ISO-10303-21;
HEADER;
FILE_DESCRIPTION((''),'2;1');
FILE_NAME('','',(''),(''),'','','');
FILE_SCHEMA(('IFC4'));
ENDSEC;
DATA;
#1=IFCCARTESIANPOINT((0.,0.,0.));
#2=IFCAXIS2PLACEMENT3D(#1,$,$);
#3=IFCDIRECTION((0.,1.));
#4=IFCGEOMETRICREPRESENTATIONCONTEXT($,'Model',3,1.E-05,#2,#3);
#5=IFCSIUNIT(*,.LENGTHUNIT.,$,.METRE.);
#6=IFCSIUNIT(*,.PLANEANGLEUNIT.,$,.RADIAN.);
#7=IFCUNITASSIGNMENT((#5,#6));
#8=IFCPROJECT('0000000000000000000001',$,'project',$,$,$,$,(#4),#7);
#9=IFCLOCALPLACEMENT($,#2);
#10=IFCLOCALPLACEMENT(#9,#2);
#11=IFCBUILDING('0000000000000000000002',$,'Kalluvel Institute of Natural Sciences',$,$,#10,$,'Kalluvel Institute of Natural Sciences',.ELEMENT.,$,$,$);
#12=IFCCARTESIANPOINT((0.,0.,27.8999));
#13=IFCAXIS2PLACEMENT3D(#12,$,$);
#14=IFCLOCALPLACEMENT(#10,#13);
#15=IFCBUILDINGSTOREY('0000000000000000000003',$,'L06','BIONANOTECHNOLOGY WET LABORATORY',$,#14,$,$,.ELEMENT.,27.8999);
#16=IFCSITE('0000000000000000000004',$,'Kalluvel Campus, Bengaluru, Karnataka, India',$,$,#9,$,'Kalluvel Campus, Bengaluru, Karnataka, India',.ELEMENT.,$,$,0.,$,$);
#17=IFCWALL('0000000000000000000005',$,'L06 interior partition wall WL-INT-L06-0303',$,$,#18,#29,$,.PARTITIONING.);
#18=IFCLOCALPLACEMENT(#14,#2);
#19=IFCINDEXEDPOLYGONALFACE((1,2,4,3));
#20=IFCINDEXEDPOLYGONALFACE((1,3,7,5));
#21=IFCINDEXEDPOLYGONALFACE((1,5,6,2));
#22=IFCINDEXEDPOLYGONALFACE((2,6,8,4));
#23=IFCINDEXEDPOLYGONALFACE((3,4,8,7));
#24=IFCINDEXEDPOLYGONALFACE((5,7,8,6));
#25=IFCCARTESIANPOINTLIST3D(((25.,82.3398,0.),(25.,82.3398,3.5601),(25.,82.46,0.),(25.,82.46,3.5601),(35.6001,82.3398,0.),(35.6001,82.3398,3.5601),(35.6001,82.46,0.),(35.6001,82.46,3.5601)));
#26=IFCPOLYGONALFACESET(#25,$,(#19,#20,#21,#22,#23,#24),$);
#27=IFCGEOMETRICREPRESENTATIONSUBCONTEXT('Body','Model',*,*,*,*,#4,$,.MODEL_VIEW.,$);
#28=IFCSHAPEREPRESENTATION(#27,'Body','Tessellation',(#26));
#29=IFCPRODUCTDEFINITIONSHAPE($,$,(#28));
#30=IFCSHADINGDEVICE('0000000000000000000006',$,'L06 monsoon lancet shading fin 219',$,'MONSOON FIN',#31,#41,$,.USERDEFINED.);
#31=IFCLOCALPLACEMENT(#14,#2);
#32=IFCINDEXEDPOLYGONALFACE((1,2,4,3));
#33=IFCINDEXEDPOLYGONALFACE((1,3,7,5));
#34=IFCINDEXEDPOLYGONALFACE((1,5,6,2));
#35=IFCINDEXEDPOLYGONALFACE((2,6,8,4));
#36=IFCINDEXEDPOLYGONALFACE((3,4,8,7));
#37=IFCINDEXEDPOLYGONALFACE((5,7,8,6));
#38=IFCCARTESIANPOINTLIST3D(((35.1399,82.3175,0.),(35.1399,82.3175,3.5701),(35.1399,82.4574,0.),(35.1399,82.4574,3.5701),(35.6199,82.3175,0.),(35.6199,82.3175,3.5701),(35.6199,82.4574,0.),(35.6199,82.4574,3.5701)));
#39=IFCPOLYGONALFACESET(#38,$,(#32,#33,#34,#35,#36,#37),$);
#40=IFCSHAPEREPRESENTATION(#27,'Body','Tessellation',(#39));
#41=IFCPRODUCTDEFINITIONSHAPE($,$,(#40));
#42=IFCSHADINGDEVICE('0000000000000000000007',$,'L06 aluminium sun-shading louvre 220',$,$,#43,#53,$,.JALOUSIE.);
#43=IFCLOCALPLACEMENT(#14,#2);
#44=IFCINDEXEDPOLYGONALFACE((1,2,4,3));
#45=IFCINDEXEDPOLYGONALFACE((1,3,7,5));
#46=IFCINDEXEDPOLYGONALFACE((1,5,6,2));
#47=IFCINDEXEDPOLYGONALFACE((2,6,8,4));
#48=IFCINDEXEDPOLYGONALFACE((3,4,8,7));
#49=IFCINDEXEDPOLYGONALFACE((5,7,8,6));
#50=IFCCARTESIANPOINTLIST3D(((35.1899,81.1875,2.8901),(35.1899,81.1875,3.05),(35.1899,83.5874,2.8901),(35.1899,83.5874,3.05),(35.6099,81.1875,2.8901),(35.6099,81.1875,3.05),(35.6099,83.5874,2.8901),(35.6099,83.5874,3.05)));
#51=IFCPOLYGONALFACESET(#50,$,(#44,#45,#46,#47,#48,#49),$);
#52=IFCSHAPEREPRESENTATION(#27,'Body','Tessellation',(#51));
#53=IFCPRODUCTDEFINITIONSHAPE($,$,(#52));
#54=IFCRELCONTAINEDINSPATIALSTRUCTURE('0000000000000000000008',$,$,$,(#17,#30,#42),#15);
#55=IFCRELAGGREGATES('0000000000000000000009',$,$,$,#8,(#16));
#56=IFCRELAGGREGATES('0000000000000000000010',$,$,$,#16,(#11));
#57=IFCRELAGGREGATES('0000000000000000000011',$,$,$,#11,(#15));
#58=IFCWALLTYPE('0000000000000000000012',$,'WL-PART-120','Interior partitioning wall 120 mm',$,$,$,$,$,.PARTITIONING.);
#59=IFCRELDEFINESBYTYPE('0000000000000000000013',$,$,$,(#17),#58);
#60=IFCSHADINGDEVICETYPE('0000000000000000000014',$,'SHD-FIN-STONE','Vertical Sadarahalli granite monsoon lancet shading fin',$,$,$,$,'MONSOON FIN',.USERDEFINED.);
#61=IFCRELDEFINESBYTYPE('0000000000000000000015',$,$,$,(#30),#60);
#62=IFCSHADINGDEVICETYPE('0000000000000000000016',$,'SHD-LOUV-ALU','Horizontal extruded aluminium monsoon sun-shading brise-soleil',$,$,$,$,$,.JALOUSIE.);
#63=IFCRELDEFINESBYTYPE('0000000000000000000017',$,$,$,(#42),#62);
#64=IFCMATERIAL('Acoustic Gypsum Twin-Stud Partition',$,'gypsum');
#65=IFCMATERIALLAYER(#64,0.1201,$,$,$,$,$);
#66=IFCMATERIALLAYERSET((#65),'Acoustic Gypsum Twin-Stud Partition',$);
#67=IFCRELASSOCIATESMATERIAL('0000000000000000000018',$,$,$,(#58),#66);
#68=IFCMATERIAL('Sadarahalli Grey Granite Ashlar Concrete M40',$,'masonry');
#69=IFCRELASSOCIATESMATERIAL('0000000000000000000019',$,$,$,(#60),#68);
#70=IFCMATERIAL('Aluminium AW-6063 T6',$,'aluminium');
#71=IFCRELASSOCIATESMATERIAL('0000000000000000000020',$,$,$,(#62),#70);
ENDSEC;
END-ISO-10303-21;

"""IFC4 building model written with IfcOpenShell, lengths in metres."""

from ifc_helpers import new_model, si_unit, direction, frame, frame_2d, origin, origin_2d, place, context, subcontext, project, spatial, rectangle, extrude, material, layer, layer_set, type_object, element, save


model = new_model("IFC4")

# Units and contexts
model_context = context("Model", 3, precision=1e-05, world=origin(), true_north=direction((0.0, 1.0)))
body_context = subcontext(model_context, "Body", "Model", "MODEL_VIEW")
ifc_project = project(units=[si_unit("LENGTHUNIT", "METRE"), si_unit("PLANEANGLEUNIT", "RADIAN")], contexts=[model_context])

# Site, building, storey
site_placement = place(None, origin())
site = spatial("IfcSite", under=ifc_project, at=site_placement, Name="Kalluvel Campus, Bengaluru, Karnataka, India", LongName="Kalluvel Campus, Bengaluru, Karnataka, India", CompositionType="ELEMENT", RefElevation=0.0)
building_placement = place(site_placement, origin())
building = spatial("IfcBuilding", under=site, at=building_placement, Name="Kalluvel Institute of Natural Sciences", LongName="Kalluvel Institute of Natural Sciences", CompositionType="ELEMENT")
storey_placement = place(building_placement, frame((0.0, 0.0, 27.8999)))
storey = spatial("IfcBuildingStorey", under=building, at=storey_placement, Name="L06", Description="BIONANOTECHNOLOGY WET LABORATORY", CompositionType="ELEMENT", Elevation=27.8999)

# Shared definitions
ifc_material_1 = material(Name="Aluminium AW-6063 T6", Category="aluminium")

# Wall
ifc_material_2 = material(Name="Acoustic Gypsum Twin-Stud Partition", Category="gypsum")
ifc_layer_1 = layer(ifc_material_2, 0.1201)
ifc_layer_set_1 = layer_set([ifc_layer_1], Name="Acoustic Gypsum Twin-Stud Partition")
wall_type = type_object("IfcWallType", Name="WL-PART-120", Description="Interior partitioning wall 120 mm", PredefinedType="PARTITIONING", material=ifc_layer_set_1)
wall_placement = place(storey_placement, frame((25.0, 82.3999, 0.0), z_axis=(0.0, 0.0, 1.0), x_axis=(1.0, 0.0, 0.0)))
element("IfcWall", 1, at=wall_placement, inside=storey, type_object=wall_type, Name="L06 interior partition wall WL-INT-L06-0303", PredefinedType="PARTITIONING", context=body_context, shape_type="SweptSolid", body=[
    extrude(rectangle(XDim=10.6001, YDim=0.1201, at=frame_2d((5.3, 0.0))), origin(), (0.0, 0.0, 1.0), 3.5601),
])

# Shading devices
ifc_material_3 = material(Name="Sadarahalli Grey Granite Ashlar Concrete M40", Category="masonry")
shading_device_type_1 = type_object("IfcShadingDeviceType", Name="SHD-FIN-STONE", Description="Vertical Sadarahalli granite monsoon lancet shading fin", ElementType="MONSOON FIN", PredefinedType="USERDEFINED", material=ifc_material_3)
shading_device_1_placement = place(storey_placement, frame((35.3799, 82.3875, 0.0), z_axis=(0.0, 0.0, 1.0), x_axis=(0.0, 1.0, 0.0)))
element("IfcShadingDevice", 2, at=shading_device_1_placement, inside=storey, type_object=shading_device_type_1, Name="L06 monsoon lancet shading fin 219", ObjectType="MONSOON FIN", PredefinedType="USERDEFINED", context=body_context, shape_type="SweptSolid", body=[
    extrude(rectangle(XDim=0.1399, YDim=0.48, at=origin_2d()), origin(), (0.0, 0.0, 1.0), 3.5701),
])
shading_device_type_2 = type_object("IfcShadingDeviceType", Name="SHD-LOUV-ALU", Description="Horizontal extruded aluminium monsoon sun-shading brise-soleil", PredefinedType="JALOUSIE", material=ifc_material_1)
shading_device_2_placement = place(storey_placement, frame((35.3999, 82.3875, 2.8901), z_axis=(0.0, 0.0, 1.0), x_axis=(0.0, 1.0, 0.0)))
element("IfcShadingDevice", 3, at=shading_device_2_placement, inside=storey, type_object=shading_device_type_2, Name="L06 aluminium sun-shading louvre 220", PredefinedType="JALOUSIE", context=body_context, shape_type="SweptSolid", body=[
    extrude(rectangle(XDim=2.3999, YDim=0.4199, at=origin_2d()), origin(), (0.0, 0.0, 1.0), 0.1599),
])

save(model, "model.ifc")
